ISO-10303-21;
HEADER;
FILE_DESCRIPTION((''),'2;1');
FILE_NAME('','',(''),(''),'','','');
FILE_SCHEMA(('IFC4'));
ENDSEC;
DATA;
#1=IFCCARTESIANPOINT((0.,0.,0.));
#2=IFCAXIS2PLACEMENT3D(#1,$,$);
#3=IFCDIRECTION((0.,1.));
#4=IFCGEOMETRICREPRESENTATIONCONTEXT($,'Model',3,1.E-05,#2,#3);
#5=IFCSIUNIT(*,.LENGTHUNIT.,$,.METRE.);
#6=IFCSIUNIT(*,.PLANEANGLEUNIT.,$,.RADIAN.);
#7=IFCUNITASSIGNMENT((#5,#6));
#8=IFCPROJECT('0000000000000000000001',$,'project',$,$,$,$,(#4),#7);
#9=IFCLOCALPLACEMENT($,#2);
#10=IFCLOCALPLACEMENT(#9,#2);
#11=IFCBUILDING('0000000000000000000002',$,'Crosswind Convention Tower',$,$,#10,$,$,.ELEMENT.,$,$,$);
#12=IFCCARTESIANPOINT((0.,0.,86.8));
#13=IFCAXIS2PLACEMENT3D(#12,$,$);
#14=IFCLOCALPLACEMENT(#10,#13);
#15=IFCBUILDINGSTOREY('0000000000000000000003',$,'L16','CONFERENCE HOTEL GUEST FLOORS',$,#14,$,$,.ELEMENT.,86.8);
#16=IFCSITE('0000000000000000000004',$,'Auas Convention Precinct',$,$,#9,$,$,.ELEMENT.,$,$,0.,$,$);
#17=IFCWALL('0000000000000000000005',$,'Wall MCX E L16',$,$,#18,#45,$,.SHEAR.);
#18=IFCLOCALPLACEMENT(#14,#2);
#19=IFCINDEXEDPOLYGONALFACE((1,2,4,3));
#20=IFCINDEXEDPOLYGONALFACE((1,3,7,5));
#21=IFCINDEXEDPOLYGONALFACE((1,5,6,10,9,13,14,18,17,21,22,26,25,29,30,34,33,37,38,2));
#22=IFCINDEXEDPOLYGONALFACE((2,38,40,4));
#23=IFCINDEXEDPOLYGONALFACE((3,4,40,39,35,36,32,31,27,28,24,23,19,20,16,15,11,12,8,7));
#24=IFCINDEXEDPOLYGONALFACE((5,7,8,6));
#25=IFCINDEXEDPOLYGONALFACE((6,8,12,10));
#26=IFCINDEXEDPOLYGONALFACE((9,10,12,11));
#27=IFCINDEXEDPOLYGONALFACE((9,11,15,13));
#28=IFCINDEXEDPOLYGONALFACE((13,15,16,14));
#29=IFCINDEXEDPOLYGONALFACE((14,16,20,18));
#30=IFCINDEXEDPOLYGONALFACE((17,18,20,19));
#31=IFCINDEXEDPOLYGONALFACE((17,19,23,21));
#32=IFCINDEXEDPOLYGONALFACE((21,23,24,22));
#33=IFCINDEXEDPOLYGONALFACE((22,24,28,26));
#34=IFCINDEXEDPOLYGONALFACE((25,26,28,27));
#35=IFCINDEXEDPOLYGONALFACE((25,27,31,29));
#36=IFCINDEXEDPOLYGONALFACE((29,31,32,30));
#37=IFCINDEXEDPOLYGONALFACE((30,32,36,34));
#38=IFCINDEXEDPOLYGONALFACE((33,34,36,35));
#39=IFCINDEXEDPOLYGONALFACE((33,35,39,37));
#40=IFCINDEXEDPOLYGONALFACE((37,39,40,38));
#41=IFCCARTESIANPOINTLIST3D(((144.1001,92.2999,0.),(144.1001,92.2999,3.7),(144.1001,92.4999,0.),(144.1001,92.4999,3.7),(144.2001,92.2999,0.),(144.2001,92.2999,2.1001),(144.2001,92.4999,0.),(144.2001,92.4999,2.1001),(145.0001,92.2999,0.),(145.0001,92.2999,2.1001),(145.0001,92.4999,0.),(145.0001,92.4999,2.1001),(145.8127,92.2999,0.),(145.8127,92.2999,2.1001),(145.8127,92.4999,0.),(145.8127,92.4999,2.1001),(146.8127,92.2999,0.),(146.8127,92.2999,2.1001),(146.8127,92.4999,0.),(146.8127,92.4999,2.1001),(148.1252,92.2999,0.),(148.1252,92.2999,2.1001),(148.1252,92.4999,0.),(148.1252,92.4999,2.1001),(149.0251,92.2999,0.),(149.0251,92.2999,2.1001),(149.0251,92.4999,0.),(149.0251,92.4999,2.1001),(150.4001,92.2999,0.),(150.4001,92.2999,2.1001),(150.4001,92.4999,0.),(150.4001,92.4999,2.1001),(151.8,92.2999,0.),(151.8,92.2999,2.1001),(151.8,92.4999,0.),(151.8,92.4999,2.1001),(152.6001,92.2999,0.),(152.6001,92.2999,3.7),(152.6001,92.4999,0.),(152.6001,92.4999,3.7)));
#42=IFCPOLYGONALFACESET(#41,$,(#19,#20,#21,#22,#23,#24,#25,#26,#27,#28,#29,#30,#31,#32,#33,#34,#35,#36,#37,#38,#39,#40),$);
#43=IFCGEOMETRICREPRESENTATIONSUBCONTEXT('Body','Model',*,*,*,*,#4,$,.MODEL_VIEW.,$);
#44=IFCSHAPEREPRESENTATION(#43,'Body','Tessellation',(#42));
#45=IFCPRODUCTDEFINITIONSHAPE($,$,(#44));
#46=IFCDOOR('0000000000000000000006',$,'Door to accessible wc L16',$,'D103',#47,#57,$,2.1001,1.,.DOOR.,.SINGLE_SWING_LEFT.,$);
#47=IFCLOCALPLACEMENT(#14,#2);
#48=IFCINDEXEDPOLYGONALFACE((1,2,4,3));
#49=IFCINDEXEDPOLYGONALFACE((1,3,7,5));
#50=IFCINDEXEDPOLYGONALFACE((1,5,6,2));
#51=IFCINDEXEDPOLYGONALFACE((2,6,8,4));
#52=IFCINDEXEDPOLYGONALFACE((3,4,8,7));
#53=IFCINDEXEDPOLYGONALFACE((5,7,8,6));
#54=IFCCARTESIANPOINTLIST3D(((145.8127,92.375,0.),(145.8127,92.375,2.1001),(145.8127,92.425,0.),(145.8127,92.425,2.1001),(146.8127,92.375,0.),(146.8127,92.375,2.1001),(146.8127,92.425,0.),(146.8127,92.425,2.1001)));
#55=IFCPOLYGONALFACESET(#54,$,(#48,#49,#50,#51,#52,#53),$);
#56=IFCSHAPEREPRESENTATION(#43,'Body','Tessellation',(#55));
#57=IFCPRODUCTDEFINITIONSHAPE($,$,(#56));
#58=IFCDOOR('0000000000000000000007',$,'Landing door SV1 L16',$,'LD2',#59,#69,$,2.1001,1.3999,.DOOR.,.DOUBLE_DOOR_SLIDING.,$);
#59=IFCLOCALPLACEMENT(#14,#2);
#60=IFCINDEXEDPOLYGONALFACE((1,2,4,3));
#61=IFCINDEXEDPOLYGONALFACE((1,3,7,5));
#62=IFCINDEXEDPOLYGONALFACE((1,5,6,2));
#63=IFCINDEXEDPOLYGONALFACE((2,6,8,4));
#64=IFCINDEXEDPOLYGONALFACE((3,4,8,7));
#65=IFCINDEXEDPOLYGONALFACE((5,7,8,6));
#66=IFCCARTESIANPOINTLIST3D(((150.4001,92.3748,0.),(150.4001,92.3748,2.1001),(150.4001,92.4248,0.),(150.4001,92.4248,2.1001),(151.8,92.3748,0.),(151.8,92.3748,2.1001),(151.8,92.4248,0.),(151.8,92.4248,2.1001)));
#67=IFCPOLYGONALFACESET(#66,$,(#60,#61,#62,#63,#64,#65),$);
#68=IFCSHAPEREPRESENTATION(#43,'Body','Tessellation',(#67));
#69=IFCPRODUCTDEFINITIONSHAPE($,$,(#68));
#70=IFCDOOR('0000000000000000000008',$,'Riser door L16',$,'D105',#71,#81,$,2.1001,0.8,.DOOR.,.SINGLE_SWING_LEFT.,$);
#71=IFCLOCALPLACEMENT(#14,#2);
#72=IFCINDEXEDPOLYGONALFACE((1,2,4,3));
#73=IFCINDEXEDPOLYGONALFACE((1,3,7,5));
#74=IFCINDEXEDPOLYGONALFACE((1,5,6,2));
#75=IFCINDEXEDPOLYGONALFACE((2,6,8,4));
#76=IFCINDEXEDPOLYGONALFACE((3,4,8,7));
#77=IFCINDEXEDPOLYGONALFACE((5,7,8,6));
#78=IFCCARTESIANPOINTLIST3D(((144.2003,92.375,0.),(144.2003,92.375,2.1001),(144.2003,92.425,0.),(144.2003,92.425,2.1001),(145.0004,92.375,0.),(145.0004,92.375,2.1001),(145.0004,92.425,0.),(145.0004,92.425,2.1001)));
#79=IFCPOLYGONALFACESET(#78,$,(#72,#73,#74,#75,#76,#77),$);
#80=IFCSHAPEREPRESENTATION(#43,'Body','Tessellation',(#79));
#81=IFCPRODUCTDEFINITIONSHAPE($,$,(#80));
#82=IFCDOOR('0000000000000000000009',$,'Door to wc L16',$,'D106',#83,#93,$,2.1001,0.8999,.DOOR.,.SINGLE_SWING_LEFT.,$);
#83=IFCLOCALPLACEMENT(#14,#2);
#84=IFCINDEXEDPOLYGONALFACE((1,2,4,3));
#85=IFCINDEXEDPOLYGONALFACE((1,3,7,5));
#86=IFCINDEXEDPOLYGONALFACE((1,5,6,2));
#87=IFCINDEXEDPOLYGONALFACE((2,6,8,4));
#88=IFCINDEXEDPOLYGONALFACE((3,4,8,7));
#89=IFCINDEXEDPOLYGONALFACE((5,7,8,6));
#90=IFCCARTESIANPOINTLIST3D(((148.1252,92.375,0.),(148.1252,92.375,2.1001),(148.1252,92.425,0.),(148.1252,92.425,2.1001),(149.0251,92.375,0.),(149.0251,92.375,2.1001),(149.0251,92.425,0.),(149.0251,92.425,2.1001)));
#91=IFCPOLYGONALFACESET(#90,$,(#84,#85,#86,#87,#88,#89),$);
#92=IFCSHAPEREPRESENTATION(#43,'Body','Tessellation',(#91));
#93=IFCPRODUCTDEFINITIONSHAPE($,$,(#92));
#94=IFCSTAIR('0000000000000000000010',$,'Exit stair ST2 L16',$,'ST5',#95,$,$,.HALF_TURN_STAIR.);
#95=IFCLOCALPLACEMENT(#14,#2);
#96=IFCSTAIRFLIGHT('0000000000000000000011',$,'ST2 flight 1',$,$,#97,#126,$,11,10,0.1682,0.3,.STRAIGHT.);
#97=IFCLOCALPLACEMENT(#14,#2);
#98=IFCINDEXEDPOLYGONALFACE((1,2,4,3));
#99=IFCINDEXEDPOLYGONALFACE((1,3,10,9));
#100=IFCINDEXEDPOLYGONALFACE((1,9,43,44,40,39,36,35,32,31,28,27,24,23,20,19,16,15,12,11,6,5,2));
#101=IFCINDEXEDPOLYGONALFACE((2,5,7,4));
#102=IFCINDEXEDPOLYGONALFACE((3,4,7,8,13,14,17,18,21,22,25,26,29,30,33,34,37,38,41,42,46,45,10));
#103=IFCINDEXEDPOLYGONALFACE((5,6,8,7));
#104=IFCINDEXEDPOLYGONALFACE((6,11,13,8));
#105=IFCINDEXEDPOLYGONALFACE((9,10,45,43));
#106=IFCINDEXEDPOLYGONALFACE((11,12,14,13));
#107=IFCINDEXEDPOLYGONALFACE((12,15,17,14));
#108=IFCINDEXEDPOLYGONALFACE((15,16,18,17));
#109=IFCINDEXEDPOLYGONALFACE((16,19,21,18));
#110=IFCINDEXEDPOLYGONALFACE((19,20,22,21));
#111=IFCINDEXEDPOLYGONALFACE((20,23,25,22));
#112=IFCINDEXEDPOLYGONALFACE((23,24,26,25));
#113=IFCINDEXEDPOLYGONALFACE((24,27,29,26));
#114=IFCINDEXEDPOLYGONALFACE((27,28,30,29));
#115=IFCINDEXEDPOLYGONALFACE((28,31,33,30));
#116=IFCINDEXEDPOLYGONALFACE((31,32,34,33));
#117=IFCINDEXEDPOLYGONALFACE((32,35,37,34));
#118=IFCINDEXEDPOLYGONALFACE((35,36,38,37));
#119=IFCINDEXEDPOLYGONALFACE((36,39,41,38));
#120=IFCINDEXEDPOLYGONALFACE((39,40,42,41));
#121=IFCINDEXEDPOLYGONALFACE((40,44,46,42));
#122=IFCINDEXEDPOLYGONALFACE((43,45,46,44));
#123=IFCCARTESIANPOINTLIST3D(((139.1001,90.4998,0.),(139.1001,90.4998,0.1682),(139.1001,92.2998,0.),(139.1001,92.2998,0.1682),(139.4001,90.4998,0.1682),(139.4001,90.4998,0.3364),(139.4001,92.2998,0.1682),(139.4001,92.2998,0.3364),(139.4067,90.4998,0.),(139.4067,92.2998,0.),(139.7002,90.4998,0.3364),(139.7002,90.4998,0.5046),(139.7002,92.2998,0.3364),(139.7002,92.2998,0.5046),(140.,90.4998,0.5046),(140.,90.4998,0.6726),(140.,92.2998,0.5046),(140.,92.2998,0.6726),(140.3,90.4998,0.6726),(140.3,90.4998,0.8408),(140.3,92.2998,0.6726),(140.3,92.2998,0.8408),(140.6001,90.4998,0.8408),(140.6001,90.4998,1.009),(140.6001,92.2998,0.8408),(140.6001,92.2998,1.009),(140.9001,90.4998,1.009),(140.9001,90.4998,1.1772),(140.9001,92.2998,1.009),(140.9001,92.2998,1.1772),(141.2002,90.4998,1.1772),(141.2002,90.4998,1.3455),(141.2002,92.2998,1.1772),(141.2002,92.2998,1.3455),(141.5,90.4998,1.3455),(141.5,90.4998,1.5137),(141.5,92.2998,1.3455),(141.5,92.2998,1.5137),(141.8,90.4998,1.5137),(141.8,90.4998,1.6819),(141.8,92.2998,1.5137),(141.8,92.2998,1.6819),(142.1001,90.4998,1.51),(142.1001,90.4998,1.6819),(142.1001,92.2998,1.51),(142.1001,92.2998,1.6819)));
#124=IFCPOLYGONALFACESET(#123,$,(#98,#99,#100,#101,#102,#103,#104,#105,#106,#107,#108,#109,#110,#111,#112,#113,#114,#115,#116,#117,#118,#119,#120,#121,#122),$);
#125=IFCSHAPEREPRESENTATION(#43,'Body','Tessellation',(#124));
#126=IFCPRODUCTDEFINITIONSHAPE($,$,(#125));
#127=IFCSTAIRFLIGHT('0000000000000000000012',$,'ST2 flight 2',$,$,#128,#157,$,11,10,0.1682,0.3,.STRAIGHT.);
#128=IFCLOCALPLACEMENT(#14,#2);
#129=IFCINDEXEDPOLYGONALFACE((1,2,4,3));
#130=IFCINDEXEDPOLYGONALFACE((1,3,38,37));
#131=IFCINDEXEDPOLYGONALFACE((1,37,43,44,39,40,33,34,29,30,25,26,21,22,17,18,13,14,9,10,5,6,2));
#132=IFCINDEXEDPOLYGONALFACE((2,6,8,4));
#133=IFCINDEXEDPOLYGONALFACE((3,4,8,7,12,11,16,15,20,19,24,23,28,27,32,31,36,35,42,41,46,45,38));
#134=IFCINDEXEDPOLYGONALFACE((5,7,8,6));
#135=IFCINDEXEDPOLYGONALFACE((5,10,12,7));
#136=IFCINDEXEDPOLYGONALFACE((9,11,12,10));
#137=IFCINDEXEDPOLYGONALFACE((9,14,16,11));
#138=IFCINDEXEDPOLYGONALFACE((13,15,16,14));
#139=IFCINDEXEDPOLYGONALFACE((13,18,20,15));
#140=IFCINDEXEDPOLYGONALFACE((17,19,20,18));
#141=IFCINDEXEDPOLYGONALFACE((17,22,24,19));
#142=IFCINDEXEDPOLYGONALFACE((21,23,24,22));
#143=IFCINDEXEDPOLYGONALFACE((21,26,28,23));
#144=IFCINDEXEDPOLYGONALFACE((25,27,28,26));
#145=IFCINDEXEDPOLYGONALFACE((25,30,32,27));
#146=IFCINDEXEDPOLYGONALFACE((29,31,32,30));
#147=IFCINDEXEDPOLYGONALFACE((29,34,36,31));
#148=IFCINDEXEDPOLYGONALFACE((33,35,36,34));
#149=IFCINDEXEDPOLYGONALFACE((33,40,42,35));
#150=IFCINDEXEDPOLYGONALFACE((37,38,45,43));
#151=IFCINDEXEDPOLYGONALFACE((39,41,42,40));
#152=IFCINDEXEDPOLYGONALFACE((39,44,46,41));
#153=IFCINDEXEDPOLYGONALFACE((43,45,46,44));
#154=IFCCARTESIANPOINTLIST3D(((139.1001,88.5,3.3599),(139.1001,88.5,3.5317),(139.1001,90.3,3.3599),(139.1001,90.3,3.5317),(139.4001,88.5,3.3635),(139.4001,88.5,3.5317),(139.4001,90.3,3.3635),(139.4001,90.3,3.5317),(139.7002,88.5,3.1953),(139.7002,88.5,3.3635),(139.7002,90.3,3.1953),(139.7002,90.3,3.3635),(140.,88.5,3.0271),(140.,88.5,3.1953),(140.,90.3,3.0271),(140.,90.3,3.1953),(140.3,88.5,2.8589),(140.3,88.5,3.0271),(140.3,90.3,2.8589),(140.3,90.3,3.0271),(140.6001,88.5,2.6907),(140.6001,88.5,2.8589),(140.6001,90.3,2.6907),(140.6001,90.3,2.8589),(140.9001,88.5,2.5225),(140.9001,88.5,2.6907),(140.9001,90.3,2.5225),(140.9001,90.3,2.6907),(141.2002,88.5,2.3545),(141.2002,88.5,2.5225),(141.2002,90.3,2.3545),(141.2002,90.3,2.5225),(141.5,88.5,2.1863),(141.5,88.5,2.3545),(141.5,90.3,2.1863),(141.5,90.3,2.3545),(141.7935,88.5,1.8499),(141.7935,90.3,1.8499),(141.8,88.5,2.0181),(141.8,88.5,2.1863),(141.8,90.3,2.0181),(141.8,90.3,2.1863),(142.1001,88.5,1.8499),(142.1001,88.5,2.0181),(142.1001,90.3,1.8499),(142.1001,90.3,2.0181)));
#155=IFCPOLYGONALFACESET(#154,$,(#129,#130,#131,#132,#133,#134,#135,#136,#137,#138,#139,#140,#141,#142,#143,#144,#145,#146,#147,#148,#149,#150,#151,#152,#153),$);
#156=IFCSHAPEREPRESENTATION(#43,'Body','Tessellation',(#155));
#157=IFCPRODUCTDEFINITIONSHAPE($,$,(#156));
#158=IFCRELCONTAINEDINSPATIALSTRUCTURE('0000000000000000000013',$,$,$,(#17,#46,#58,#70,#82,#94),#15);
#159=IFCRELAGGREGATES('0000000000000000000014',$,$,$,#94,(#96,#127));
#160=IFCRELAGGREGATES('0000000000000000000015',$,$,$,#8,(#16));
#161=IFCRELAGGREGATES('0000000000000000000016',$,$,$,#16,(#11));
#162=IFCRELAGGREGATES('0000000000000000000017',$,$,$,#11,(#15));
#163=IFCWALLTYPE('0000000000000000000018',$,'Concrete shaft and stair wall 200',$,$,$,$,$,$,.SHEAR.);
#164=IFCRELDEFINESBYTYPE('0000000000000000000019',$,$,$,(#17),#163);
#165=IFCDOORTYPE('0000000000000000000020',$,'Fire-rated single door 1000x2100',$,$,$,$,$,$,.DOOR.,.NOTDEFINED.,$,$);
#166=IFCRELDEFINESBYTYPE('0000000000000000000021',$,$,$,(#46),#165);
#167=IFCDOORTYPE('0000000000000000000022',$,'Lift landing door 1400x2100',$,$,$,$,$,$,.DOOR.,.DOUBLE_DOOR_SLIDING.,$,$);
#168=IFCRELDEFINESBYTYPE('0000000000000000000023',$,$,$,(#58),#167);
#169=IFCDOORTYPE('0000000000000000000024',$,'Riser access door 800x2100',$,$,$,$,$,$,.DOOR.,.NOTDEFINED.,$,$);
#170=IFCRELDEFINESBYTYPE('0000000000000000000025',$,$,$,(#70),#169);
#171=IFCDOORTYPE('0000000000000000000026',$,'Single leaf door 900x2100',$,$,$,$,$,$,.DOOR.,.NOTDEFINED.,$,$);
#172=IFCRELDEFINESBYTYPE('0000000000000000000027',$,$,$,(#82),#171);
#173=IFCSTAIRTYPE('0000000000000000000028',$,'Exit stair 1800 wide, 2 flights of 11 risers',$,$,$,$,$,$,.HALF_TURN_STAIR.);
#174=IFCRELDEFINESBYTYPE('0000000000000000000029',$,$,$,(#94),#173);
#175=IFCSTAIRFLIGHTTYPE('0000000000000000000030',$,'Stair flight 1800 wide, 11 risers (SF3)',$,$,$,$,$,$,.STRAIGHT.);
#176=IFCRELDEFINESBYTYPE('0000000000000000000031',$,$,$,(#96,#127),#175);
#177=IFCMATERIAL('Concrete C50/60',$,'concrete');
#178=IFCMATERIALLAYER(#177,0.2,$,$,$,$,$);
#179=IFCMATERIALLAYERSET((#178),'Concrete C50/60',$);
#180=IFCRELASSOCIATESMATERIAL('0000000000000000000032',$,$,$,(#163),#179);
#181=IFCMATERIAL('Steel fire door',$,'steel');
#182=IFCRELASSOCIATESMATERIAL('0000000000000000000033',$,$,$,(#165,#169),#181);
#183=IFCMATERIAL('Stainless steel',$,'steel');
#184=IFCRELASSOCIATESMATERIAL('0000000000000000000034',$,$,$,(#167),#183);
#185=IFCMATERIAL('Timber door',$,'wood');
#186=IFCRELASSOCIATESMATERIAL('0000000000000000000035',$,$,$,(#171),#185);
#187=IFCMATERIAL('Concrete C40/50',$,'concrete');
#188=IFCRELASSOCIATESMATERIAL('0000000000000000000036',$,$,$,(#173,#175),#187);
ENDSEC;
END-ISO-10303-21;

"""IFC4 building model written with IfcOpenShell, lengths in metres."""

from ifc_helpers import new_model, si_unit, direction, frame, frame_2d, origin, place, context, subcontext, project, spatial, polyline, rectangle, outline, extrude, material, layer, layer_set, type_object, element, fill, aggregate, save


model = new_model("IFC4")

# Units and contexts
model_context = context("Model", 3, precision=1e-05, world=origin(), true_north=direction((0.0, 1.0)))
body_context = subcontext(model_context, "Body", "Model", "MODEL_VIEW")
ifc_project = project(units=[si_unit("LENGTHUNIT", "METRE"), si_unit("PLANEANGLEUNIT", "RADIAN")], contexts=[model_context])

# Site, building, storey
site_placement = place(None, origin())
site = spatial("IfcSite", under=ifc_project, at=site_placement, Name="Auas Convention Precinct", CompositionType="ELEMENT", RefElevation=0.0)
building_placement = place(site_placement, origin())
building = spatial("IfcBuilding", under=site, at=building_placement, Name="Crosswind Convention Tower", CompositionType="ELEMENT")
storey_placement = place(building_placement, frame((0.0, 0.0, 86.8)))
storey = spatial("IfcBuildingStorey", under=building, at=storey_placement, Name="L16", Description="CONFERENCE HOTEL GUEST FLOORS", CompositionType="ELEMENT", Elevation=86.8)

# Shared definitions
ifc_material_1 = material(Name="Concrete C50/60", Category="concrete")
ifc_layer = layer(ifc_material_1, 0.2)
ifc_layer_set = layer_set([ifc_layer], Name="Concrete C50/60")
wall_type = type_object("IfcWallType", Name="Concrete shaft and stair wall 200", PredefinedType="SHEAR", material=ifc_layer_set)

# Shared definitions
ifc_material_2 = material(Name="Stainless steel", Category="steel")

# Shared definitions
ifc_material_3 = material(Name="Steel fire door", Category="steel")
door_type_1 = type_object("IfcDoorType", Name="Fire-rated single door 1000x2100", OperationType="NOTDEFINED", PredefinedType="DOOR", material=ifc_material_3)

# Wall, openings, doors
wall_1_placement = place(storey_placement, frame((144.1001, 92.3999, 0.0), z_axis=(0.0, 0.0, 1.0), x_axis=(1.0, 0.0, 0.0)))
wall_1 = element("IfcWall", 1, at=wall_1_placement, inside=storey, type_object=wall_type, Name="Wall MCX E L16", PredefinedType="SHEAR", context=body_context, shape_type="SweptSolid", body=[
    extrude(rectangle(XDim=8.5, YDim=0.2, at=frame_2d((4.25, 0.0))), origin(), (0.0, 0.0, 1.0), 3.7),
])
opening_1_placement = place(wall_1_placement, frame((0.1001, 0.0, 0.0)))
opening_1 = element("IfcOpeningElement", 2, at=opening_1_placement, cuts=wall_1, PredefinedType="OPENING", context=body_context, shape_type="SweptSolid", body=[
    extrude(rectangle(XDim=0.8, YDim=2.1001, at=frame_2d((0.3999, 1.05))), frame((0.0, 0.1099, 0.0), z_axis=(0.0, -1.0, 0.0), x_axis=(1.0, 0.0, 0.0)), (0.0, 0.0, 1.0), 0.22),
])
opening_2_placement = place(wall_1_placement, frame((1.7126, 0.0, 0.0)))
opening_2 = element("IfcOpeningElement", 3, at=opening_2_placement, cuts=wall_1, PredefinedType="OPENING", context=body_context, shape_type="SweptSolid", body=[
    extrude(rectangle(XDim=1.0, YDim=2.1001, at=frame_2d((0.5, 1.05))), frame((0.0, 0.1099, 0.0), z_axis=(0.0, -1.0, 0.0), x_axis=(1.0, 0.0, 0.0)), (0.0, 0.0, 1.0), 0.22),
])
opening_3_placement = place(wall_1_placement, frame((4.0251, 0.0, 0.0)))
opening_3 = element("IfcOpeningElement", 4, at=opening_3_placement, cuts=wall_1, PredefinedType="OPENING", context=body_context, shape_type="SweptSolid", body=[
    extrude(rectangle(XDim=0.8999, YDim=2.1001, at=frame_2d((0.45, 1.05))), frame((0.0, 0.1099, 0.0), z_axis=(0.0, -1.0, 0.0), x_axis=(1.0, 0.0, 0.0)), (0.0, 0.0, 1.0), 0.22),
])
opening_4_placement = place(wall_1_placement, frame((6.3, 0.0, 0.0)))
opening_4 = element("IfcOpeningElement", 5, at=opening_4_placement, cuts=wall_1, PredefinedType="OPENING", context=body_context, shape_type="SweptSolid", body=[
    extrude(rectangle(XDim=1.3999, YDim=2.1001, at=frame_2d((0.7, 1.05))), frame((0.0, 0.1099, 0.0), z_axis=(0.0, -1.0, 0.0), x_axis=(1.0, 0.0, 0.0)), (0.0, 0.0, 1.0), 0.22),
])
door_1_placement = place(opening_2_placement, frame((1.0, 0.0, 0.0), z_axis=(0.0, 0.0, 1.0), x_axis=(-1.0, 0.0, 0.0)))
door_1 = element("IfcDoor", 6, at=door_1_placement, inside=storey, type_object=door_type_1, Name="Door to accessible wc L16", ObjectType="D103", OperationType="SINGLE_SWING_LEFT", OverallHeight=2.1001, OverallWidth=1.0, PredefinedType="DOOR", context=body_context, shape_type="SweptSolid", body=[
    extrude(rectangle(XDim=1.0, YDim=2.1001, at=frame_2d((0.5, 1.05))), frame((0.0, 0.0249, 0.0), z_axis=(0.0, -1.0, 0.0), x_axis=(1.0, 0.0, 0.0)), (0.0, 0.0, 1.0), 0.05),
])
fill(opening_2, door_1)
door_type_2 = type_object("IfcDoorType", Name="Lift landing door 1400x2100", OperationType="DOUBLE_DOOR_SLIDING", PredefinedType="DOOR", material=ifc_material_2)
door_2_placement = place(opening_4_placement, origin())
door_2 = element("IfcDoor", 7, at=door_2_placement, inside=storey, type_object=door_type_2, Name="Landing door SV1 L16", ObjectType="LD2", OperationType="DOUBLE_DOOR_SLIDING", OverallHeight=2.1001, OverallWidth=1.3999, PredefinedType="DOOR", context=body_context, shape_type="SweptSolid", body=[
    extrude(rectangle(XDim=1.3999, YDim=2.1001, at=frame_2d((0.7, 1.05))), frame((0.0, 0.0249, 0.0), z_axis=(0.0, -1.0, 0.0), x_axis=(1.0, 0.0, 0.0)), (0.0, 0.0, 1.0), 0.05),
])
fill(opening_4, door_2)
door_type_3 = type_object("IfcDoorType", Name="Riser access door 800x2100", OperationType="NOTDEFINED", PredefinedType="DOOR", material=ifc_material_3)
door_3_placement = place(opening_1_placement, frame((0.8, 0.0, 0.0), z_axis=(0.0, 0.0, 1.0), x_axis=(-1.0, 0.0, 0.0)))
door_3 = element("IfcDoor", 8, at=door_3_placement, inside=storey, type_object=door_type_3, Name="Riser door L16", ObjectType="D105", OperationType="SINGLE_SWING_LEFT", OverallHeight=2.1001, OverallWidth=0.8, PredefinedType="DOOR", context=body_context, shape_type="SweptSolid", body=[
    extrude(rectangle(XDim=0.8, YDim=2.1001, at=frame_2d((0.3999, 1.05))), frame((0.0, 0.0249, 0.0), z_axis=(0.0, -1.0, 0.0), x_axis=(1.0, 0.0, 0.0)), (0.0, 0.0, 1.0), 0.05),
])
fill(opening_1, door_3)
ifc_material_4 = material(Name="Timber door", Category="wood")
door_type_4 = type_object("IfcDoorType", Name="Single leaf door 900x2100", OperationType="NOTDEFINED", PredefinedType="DOOR", material=ifc_material_4)
door_4_placement = place(opening_3_placement, frame((0.8999, 0.0, 0.0), z_axis=(0.0, 0.0, 1.0), x_axis=(-1.0, 0.0, 0.0)))
door_4 = element("IfcDoor", 9, at=door_4_placement, inside=storey, type_object=door_type_4, Name="Door to wc L16", ObjectType="D106", OperationType="SINGLE_SWING_LEFT", OverallHeight=2.1001, OverallWidth=0.8999, PredefinedType="DOOR", context=body_context, shape_type="SweptSolid", body=[
    extrude(rectangle(XDim=0.8999, YDim=2.1001, at=frame_2d((0.45, 1.05))), frame((0.0, 0.0249, 0.0), z_axis=(0.0, -1.0, 0.0), x_axis=(1.0, 0.0, 0.0)), (0.0, 0.0, 1.0), 0.05),
])
fill(opening_3, door_4)

# Stair, stair flights
ifc_material_5 = material(Name="Concrete C40/50", Category="concrete")
stair_type = type_object("IfcStairType", Name="Exit stair 1800 wide, 2 flights of 11 risers", PredefinedType="HALF_TURN_STAIR", material=ifc_material_5)
stair_placement = place(storey_placement, origin())
stair = element("IfcStair", 10, at=stair_placement, inside=storey, type_object=stair_type, Name="Exit stair ST2 L16", ObjectType="ST5", PredefinedType="HALF_TURN_STAIR")
stair_flight_type = type_object("IfcStairFlightType", Name="Stair flight 1800 wide, 11 risers (SF3)", PredefinedType="STRAIGHT", material=ifc_material_5)
stair_flight_1_placement = place(storey_placement, frame((139.1001, 91.3999, 0.0), z_axis=(0.0, 0.0, 1.0), x_axis=(1.0, 0.0, 0.0)))
stair_flight_1 = element("IfcStairFlight", 11, at=stair_flight_1_placement, type_object=stair_flight_type, Name="ST2 flight 1", NumberOfRisers=11, NumberOfTreads=10, PredefinedType="STRAIGHT", RiserHeight=0.1682, TreadLength=0.3, context=body_context, shape_type="SweptSolid", body=[
    extrude(outline(polyline([(0.0, 0.0), (0.0, 0.1682), (0.3, 0.1682), (0.3, 0.3364), (0.6001, 0.3364), (0.6001, 0.5046), (0.8999, 0.5046), (0.8999, 0.6726), (1.2, 0.6726), (1.2, 0.8408), (1.5, 0.8408), (1.5, 1.009), (1.8, 1.009), (1.8, 1.1772), (2.1001, 1.1772), (2.1001, 1.3455), (2.3999, 1.3455), (2.3999, 1.5137), (2.7, 1.5137), (2.7, 1.6819), (3.0, 1.6819), (3.0, 1.8501), (3.0, 1.51), (0.3066, 0.0), (0.0, 0.0)])), frame((0.0, 0.8999, 0.0), z_axis=(0.0, -1.0, 0.0), x_axis=(1.0, 0.0, 0.0)), (0.0, 0.0, 1.0), 1.8),
])
stair_flight_2_placement = place(storey_placement, frame((142.1001, 89.3999, 1.8499), z_axis=(0.0, 0.0, 1.0), x_axis=(-1.0, 0.0, 0.0)))
stair_flight_2 = element("IfcStairFlight", 12, at=stair_flight_2_placement, type_object=stair_flight_type, Name="ST2 flight 2", NumberOfRisers=11, NumberOfTreads=10, PredefinedType="STRAIGHT", RiserHeight=0.1682, TreadLength=0.3, context=body_context, shape_type="SweptSolid", body=[
    extrude(outline(polyline([(0.0, 0.0), (0.0, 0.1682), (0.3, 0.1682), (0.3, 0.3364), (0.6001, 0.3364), (0.6001, 0.5046), (0.8999, 0.5046), (0.8999, 0.6726), (1.2, 0.6726), (1.2, 0.8408), (1.5, 0.8408), (1.5, 1.009), (1.8, 1.009), (1.8, 1.1772), (2.1001, 1.1772), (2.1001, 1.3455), (2.3999, 1.3455), (2.3999, 1.5137), (2.7, 1.5137), (2.7, 1.6819), (3.0, 1.6819), (3.0, 1.8501), (3.0, 1.51), (0.3066, 0.0), (0.0, 0.0)])), frame((0.0, 0.8999, 0.0), z_axis=(0.0, -1.0, 0.0), x_axis=(1.0, 0.0, 0.0)), (0.0, 0.0, 1.0), 1.8),
])
aggregate(stair, [stair_flight_1, stair_flight_2])

save(model, "model.ifc")
